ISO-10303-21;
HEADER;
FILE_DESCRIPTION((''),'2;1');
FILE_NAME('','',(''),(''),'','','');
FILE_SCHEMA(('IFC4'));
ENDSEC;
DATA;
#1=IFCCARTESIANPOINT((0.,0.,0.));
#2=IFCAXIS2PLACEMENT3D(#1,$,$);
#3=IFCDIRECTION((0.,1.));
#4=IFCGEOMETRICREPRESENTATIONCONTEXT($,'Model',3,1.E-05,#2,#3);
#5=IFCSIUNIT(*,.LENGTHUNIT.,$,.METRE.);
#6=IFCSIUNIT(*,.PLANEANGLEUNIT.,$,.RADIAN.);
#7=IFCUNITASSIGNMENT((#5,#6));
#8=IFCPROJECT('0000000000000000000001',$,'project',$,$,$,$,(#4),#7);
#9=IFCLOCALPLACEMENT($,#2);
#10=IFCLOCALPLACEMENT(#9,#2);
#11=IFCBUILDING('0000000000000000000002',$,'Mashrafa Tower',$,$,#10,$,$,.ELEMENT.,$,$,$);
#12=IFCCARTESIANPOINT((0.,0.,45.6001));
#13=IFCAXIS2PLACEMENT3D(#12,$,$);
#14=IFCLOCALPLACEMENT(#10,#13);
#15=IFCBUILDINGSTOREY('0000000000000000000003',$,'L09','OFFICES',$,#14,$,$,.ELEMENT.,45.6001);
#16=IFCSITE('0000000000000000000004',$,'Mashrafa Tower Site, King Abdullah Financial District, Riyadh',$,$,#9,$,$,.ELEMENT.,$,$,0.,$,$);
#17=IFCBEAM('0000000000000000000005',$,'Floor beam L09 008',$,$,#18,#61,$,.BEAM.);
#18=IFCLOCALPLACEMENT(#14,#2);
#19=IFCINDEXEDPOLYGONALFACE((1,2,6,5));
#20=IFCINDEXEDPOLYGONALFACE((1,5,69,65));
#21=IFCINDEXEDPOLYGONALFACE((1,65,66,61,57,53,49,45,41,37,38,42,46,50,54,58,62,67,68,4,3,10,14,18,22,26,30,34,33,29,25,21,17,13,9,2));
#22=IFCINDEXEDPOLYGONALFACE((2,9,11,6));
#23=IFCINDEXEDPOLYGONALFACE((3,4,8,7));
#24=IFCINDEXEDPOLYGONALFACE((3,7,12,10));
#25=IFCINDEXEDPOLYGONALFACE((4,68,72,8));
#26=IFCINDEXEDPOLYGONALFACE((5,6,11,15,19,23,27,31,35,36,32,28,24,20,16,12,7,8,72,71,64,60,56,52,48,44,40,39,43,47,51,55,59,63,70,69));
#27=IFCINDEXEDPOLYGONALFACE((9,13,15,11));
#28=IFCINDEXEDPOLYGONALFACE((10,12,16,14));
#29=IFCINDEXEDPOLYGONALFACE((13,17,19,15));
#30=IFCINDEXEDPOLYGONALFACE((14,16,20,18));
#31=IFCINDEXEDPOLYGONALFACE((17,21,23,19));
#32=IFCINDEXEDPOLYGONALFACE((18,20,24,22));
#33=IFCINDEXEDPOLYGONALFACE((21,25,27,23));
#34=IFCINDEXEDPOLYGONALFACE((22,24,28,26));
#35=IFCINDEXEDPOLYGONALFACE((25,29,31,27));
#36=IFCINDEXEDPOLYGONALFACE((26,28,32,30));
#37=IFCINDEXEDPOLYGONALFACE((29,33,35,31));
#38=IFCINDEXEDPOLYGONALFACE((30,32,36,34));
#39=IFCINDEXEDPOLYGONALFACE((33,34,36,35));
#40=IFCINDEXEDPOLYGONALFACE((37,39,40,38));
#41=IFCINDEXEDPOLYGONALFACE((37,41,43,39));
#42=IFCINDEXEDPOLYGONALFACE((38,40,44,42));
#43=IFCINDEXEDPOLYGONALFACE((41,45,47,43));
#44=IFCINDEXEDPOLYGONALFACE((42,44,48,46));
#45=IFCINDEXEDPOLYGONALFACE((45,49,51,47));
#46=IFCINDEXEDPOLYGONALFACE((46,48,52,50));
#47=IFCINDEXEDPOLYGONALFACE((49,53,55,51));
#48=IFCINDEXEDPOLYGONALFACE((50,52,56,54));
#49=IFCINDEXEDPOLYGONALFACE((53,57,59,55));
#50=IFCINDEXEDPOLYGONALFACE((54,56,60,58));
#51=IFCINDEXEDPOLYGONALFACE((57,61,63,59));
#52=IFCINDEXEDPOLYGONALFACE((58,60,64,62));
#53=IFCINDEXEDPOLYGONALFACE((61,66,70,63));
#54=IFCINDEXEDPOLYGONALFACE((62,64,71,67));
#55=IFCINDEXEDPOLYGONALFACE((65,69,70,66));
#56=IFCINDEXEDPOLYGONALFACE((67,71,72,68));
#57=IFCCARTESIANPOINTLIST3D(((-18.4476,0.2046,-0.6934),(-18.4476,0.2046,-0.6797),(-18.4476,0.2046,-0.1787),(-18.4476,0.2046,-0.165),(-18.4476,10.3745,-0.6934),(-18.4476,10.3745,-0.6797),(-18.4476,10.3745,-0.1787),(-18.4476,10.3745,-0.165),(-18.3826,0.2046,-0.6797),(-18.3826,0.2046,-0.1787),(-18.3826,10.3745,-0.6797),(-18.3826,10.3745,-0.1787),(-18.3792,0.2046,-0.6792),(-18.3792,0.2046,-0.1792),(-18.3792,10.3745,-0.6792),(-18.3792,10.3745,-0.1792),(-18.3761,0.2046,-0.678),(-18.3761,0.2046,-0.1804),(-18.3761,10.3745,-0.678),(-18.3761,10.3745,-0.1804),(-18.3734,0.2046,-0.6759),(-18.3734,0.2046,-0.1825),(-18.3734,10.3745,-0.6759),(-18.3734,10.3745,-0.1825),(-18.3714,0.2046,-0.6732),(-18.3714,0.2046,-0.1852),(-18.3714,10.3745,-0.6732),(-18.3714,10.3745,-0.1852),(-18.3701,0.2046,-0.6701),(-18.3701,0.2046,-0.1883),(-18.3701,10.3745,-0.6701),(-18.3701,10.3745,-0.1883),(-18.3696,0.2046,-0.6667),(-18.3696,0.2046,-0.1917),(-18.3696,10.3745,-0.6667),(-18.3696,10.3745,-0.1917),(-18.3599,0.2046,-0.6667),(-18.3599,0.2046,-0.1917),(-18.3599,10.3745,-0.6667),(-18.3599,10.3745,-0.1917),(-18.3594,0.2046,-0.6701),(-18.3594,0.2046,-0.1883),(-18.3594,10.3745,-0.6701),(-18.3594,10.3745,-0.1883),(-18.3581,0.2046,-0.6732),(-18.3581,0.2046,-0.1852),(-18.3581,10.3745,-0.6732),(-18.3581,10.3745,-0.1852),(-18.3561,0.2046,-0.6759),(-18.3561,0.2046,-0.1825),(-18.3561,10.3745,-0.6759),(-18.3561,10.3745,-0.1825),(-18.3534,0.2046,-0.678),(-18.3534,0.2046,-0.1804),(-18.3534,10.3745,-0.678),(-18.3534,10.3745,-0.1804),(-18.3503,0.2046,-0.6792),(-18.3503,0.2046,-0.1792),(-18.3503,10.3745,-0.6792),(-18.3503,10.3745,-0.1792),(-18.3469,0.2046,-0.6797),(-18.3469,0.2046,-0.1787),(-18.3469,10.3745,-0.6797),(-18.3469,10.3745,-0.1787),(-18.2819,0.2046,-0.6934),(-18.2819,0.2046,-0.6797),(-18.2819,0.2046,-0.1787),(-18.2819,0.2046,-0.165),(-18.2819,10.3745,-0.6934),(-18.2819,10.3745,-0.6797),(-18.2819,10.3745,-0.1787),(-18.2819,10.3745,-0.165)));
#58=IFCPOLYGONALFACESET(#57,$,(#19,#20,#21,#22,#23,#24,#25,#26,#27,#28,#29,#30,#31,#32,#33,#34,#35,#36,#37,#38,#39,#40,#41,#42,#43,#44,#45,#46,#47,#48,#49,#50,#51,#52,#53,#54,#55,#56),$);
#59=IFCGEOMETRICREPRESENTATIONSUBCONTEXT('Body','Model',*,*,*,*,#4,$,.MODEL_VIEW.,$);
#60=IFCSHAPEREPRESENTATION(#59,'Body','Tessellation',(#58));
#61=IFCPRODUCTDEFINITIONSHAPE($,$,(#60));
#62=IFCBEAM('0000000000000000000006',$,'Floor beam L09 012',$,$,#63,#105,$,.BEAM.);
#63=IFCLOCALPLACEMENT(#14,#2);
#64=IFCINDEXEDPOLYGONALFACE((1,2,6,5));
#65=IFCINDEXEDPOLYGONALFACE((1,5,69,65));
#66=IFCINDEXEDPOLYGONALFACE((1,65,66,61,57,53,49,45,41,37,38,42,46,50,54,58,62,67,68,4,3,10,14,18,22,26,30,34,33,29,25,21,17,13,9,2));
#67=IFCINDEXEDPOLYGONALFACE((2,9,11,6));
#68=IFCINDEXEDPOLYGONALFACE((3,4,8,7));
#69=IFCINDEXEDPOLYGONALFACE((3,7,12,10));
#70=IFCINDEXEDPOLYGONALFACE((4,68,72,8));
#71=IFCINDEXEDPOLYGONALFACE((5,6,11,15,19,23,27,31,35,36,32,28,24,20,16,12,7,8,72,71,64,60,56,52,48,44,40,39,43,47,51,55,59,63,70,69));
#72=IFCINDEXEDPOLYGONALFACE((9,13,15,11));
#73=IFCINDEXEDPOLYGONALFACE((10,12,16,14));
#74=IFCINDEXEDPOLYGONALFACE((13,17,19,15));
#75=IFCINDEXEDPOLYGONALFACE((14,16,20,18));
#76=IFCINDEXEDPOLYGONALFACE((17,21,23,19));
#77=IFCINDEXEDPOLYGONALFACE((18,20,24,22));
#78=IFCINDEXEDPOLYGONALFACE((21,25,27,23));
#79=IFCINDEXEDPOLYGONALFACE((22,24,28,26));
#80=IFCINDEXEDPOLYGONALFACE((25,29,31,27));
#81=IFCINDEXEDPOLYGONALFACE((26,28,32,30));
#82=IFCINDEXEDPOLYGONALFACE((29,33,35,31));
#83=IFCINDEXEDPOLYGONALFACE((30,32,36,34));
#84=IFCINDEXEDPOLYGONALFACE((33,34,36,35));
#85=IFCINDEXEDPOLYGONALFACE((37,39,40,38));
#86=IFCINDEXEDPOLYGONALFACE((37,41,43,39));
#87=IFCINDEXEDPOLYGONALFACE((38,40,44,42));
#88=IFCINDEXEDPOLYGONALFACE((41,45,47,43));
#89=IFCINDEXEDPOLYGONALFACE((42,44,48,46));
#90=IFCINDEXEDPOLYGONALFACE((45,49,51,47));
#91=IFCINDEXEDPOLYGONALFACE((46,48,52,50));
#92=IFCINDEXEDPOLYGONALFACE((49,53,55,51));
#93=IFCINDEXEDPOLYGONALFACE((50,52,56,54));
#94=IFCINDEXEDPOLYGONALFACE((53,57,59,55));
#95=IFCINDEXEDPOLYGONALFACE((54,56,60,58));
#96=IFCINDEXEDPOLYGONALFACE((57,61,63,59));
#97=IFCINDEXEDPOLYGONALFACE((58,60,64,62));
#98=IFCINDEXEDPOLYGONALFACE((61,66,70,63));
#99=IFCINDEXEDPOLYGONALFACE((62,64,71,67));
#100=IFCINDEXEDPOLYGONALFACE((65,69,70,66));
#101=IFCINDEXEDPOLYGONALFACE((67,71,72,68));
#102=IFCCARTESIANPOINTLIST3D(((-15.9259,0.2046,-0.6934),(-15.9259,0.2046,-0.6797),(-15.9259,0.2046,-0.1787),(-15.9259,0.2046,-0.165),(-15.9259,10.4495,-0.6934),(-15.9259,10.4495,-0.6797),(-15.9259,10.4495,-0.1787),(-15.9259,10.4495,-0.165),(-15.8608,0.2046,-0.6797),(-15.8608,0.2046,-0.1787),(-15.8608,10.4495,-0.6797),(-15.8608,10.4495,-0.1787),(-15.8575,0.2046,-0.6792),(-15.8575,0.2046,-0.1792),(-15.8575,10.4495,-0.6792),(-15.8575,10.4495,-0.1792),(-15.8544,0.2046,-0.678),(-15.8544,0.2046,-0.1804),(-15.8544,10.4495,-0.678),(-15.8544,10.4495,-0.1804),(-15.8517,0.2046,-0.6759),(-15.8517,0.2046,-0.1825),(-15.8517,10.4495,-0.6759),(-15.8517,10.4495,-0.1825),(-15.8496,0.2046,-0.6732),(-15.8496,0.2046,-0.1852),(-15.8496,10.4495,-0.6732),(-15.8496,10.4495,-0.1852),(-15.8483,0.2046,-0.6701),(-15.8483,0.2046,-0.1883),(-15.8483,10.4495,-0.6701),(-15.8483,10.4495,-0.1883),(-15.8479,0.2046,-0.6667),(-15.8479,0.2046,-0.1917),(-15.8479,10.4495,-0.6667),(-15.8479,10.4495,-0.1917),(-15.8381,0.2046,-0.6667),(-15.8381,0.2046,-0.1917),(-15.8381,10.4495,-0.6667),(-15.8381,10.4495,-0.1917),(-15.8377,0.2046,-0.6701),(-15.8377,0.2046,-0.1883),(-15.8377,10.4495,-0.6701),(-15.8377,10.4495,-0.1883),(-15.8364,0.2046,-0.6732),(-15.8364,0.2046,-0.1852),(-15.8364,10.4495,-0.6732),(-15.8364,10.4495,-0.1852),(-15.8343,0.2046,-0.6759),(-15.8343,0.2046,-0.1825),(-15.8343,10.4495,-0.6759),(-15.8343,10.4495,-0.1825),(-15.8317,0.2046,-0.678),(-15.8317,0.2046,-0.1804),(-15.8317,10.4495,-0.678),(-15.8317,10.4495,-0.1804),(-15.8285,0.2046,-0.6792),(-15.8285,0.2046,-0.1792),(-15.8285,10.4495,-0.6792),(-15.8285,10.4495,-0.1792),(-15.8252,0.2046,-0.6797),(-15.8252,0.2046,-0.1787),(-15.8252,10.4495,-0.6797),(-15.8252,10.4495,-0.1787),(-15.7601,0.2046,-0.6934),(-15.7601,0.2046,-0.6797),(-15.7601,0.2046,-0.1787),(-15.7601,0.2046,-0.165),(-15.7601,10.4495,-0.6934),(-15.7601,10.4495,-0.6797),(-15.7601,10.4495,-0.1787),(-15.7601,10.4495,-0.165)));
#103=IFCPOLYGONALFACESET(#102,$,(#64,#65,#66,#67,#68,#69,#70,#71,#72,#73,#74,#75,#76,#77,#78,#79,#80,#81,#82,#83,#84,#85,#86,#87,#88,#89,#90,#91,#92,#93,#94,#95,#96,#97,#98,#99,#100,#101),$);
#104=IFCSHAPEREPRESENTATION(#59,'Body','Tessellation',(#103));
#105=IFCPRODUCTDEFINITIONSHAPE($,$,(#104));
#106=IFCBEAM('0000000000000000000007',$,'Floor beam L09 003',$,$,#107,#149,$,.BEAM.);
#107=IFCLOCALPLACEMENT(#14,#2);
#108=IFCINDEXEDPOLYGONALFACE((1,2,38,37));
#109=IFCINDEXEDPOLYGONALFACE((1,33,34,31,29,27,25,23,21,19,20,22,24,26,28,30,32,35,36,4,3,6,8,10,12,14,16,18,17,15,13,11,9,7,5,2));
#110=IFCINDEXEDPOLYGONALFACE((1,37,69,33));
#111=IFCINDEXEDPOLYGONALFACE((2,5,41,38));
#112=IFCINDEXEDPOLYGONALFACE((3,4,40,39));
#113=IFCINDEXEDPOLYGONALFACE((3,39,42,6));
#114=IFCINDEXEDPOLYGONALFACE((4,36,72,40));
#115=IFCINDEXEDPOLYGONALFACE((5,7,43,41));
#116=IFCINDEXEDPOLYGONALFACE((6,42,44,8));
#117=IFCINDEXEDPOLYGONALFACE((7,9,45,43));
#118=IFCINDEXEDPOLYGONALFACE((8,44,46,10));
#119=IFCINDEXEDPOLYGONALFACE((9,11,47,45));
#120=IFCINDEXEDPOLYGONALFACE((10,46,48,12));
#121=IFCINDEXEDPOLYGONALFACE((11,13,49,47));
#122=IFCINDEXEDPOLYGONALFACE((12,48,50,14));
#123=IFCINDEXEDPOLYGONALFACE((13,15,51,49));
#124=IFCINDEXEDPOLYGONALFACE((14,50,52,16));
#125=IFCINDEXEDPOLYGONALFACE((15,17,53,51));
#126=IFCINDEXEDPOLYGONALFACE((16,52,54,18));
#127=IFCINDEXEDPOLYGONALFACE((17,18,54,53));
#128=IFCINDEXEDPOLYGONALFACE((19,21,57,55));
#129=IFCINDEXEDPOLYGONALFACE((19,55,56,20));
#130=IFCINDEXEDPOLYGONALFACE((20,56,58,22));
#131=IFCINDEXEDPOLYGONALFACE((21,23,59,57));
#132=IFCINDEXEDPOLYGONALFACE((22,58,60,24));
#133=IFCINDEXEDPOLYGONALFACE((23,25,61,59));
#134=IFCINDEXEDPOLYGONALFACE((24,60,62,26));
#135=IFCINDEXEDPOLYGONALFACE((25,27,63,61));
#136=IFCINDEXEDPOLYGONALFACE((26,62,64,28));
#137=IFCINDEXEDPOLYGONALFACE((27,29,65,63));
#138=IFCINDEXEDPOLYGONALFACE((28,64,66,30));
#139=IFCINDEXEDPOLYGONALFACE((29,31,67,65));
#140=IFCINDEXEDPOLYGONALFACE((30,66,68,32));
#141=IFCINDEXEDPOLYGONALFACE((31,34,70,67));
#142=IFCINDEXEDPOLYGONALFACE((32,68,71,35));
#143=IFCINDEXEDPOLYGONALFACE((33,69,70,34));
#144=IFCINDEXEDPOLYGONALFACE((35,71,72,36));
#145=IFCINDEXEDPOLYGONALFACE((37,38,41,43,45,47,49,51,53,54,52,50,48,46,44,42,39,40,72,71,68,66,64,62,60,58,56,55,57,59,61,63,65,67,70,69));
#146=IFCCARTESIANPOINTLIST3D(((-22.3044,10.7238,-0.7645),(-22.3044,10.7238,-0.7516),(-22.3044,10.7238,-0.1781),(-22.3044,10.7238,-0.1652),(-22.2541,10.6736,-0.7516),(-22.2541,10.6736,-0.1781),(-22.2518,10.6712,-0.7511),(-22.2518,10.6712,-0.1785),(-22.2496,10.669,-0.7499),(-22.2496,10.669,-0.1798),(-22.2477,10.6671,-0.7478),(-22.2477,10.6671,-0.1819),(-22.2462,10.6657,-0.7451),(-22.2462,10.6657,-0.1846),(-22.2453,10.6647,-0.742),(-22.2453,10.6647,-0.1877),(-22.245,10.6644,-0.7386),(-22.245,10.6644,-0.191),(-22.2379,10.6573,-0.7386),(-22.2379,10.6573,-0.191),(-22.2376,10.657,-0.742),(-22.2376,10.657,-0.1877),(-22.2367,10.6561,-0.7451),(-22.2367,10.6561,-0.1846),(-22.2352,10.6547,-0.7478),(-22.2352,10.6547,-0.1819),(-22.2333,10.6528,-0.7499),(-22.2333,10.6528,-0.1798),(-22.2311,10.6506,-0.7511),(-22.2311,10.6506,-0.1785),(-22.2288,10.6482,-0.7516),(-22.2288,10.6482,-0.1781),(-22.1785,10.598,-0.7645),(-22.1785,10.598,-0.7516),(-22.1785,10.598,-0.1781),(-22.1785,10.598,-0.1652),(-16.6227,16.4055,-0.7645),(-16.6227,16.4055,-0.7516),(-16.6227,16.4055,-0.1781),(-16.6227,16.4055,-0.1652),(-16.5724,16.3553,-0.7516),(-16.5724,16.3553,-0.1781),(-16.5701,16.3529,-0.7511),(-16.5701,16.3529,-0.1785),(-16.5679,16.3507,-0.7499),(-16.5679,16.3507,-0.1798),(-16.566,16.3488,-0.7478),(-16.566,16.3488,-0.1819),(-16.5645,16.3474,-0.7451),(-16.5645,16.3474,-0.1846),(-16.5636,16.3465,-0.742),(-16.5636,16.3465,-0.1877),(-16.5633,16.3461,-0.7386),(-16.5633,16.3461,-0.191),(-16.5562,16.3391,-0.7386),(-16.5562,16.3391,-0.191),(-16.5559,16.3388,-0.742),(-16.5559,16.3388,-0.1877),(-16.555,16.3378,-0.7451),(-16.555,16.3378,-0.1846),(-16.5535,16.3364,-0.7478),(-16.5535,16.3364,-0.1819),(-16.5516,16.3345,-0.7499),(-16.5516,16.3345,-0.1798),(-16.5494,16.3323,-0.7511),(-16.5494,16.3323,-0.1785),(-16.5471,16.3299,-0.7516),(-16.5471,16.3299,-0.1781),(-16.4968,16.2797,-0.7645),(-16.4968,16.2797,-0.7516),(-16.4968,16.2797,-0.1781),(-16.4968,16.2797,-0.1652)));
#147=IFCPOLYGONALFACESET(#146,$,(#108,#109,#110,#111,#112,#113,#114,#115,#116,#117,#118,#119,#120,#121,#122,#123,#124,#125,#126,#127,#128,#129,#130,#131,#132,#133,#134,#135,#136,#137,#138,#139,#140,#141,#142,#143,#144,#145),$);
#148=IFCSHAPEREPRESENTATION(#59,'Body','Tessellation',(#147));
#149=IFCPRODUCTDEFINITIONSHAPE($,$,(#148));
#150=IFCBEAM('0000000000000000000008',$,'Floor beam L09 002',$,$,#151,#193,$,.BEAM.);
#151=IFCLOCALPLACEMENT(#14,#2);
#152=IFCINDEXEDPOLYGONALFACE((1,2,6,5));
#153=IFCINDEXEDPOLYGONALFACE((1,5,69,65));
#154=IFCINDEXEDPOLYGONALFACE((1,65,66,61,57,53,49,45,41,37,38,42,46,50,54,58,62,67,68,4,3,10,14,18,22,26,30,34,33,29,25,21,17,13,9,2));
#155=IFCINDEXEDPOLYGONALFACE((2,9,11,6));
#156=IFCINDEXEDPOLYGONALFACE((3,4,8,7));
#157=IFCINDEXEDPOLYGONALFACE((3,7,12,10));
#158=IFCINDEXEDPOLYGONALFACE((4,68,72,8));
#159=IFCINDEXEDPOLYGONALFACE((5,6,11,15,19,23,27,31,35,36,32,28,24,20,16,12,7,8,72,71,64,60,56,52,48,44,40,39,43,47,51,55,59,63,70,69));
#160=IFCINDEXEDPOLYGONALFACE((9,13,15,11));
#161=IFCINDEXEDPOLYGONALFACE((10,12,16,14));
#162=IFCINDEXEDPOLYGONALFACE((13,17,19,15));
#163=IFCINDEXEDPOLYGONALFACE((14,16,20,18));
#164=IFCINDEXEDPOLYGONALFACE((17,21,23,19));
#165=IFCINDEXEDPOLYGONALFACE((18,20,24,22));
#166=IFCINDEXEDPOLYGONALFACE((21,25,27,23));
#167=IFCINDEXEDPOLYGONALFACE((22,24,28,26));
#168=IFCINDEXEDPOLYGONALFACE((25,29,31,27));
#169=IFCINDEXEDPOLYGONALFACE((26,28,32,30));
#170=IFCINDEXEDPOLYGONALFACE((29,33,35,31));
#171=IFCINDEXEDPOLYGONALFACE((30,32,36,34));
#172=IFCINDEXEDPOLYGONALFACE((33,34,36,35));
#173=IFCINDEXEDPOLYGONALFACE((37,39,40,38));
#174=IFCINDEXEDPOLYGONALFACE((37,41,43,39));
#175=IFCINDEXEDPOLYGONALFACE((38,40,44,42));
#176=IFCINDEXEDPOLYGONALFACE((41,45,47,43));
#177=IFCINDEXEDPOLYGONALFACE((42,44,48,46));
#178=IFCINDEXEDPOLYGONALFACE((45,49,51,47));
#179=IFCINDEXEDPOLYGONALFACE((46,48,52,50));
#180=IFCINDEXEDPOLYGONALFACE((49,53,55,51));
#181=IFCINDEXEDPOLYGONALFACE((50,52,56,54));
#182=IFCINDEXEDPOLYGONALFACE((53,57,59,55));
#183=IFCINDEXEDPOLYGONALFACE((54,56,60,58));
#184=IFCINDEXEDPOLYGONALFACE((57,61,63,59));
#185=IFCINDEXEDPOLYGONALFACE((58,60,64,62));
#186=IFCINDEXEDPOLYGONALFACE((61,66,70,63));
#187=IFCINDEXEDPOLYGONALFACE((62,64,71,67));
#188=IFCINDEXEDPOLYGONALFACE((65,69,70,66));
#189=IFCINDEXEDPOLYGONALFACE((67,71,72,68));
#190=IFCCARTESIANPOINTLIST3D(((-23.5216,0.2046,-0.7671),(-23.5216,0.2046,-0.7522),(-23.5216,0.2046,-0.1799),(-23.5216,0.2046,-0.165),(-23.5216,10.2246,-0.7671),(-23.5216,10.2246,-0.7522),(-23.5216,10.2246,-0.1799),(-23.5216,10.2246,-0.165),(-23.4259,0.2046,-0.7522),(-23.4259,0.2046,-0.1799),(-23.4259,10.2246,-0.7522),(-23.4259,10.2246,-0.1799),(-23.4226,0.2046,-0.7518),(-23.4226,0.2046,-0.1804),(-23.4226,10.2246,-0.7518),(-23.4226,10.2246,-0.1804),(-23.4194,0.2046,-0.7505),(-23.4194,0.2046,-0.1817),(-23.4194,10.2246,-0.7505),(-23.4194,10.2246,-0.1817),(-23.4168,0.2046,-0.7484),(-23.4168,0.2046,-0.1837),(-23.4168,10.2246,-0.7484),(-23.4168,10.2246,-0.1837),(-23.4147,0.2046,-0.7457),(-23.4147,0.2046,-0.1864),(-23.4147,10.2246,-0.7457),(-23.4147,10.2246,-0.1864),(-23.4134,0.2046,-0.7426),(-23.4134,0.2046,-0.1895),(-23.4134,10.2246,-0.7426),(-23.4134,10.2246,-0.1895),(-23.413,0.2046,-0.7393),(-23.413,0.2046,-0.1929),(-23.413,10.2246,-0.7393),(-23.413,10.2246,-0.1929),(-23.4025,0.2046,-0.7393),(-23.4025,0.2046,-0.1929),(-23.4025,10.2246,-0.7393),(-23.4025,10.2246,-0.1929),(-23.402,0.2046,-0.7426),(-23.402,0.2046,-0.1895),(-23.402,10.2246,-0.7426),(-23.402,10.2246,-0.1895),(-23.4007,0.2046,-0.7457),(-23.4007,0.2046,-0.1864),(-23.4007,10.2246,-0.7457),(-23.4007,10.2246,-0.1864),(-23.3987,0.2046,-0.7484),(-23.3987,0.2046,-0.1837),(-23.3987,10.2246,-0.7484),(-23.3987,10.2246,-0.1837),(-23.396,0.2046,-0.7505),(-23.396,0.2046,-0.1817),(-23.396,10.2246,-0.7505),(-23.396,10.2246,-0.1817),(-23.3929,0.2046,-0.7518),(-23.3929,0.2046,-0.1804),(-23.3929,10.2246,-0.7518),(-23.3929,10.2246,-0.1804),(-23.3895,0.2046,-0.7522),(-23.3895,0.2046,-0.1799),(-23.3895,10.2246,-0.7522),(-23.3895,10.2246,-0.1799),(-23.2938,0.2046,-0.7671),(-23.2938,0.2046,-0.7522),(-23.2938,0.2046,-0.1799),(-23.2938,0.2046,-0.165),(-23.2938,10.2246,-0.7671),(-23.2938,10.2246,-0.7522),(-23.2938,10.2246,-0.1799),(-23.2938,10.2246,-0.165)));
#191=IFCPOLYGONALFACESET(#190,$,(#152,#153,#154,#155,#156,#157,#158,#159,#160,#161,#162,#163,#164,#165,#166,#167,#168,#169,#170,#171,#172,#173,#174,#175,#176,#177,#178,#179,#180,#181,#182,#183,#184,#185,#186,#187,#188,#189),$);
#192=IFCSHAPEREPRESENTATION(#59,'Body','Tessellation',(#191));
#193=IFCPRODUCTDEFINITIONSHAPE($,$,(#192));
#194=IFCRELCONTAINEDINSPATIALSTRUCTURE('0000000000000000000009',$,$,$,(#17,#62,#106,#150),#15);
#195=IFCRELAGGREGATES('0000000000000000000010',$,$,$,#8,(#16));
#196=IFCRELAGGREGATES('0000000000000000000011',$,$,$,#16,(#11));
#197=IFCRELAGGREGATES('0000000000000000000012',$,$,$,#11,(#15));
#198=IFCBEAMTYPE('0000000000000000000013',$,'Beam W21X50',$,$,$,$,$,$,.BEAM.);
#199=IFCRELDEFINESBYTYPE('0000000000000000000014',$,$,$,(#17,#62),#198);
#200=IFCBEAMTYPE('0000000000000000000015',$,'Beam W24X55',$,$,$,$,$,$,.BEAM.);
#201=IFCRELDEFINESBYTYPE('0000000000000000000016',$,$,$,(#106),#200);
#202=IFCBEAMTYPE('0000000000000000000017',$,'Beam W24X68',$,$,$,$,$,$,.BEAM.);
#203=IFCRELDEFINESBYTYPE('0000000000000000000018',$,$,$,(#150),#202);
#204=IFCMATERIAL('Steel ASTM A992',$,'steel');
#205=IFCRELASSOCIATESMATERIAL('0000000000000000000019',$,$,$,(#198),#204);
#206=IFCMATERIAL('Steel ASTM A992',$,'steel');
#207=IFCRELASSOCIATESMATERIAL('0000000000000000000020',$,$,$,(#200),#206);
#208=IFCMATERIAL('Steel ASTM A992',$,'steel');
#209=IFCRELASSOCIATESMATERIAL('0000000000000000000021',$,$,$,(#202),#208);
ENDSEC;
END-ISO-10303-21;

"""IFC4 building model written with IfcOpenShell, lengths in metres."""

from ifc_helpers import new_model, si_unit, direction, frame, origin, origin_2d, place, context, subcontext, project, spatial, i_section, extrude, material, material_profile, profile_set, type_object, element, save


model = new_model("IFC4")

# Units and contexts
model_context = context("Model", 3, precision=1e-05, world=origin(), true_north=direction((0.0, 1.0)))
body_context = subcontext(model_context, "Body", "Model", "MODEL_VIEW")
ifc_project = project(units=[si_unit("LENGTHUNIT", "METRE"), si_unit("PLANEANGLEUNIT", "RADIAN")], contexts=[model_context])

# Site, building, storey
site_placement = place(None, origin())
site = spatial("IfcSite", under=ifc_project, at=site_placement, Name="Mashrafa Tower Site, King Abdullah Financial District, Riyadh", CompositionType="ELEMENT", RefElevation=0.0)
building_placement = place(site_placement, origin())
building = spatial("IfcBuilding", under=site, at=building_placement, Name="Mashrafa Tower", CompositionType="ELEMENT")
storey_placement = place(building_placement, frame((0.0, 0.0, 45.6001)))
storey = spatial("IfcBuildingStorey", under=building, at=storey_placement, Name="L09", Description="OFFICES", CompositionType="ELEMENT", Elevation=45.6001)

# Beams
ifc_material_1 = material(Name="Steel ASTM A992", Category="steel")
ifc_material_profile_1 = material_profile(ifc_material_1, i_section(OverallWidth=0.1658, OverallDepth=0.5283, WebThickness=0.0098, FlangeThickness=0.0137, FilletRadius=0.0129, at=origin_2d()), Name="W21X50")
ifc_profile_set_1 = profile_set([ifc_material_profile_1], Name="Steel ASTM A992")
beam_type_1 = type_object("IfcBeamType", Name="Beam W21X50", PredefinedType="BEAM", material=ifc_profile_set_1)
beam_1_placement = place(storey_placement, frame((-18.3647, 0.2046, -0.4292), z_axis=(0.0, 1.0, 0.0), x_axis=(-1.0, 0.0, 0.0)))
element("IfcBeam", 1, at=beam_1_placement, inside=storey, type_object=beam_type_1, Name="Floor beam L09 008", PredefinedType="BEAM", context=body_context, shape_type="SweptSolid", body=[
    extrude(i_section(OverallWidth=0.1658, OverallDepth=0.5283, WebThickness=0.0098, FlangeThickness=0.0137, FilletRadius=0.0129, at=origin_2d()), origin(), (0.0, 0.0, 1.0), 10.1699),
])
beam_2_placement = place(storey_placement, frame((-15.843, 0.2046, -0.4292), z_axis=(0.0, 1.0, 0.0), x_axis=(-1.0, 0.0, 0.0)))
element("IfcBeam", 2, at=beam_2_placement, inside=storey, type_object=beam_type_1, Name="Floor beam L09 012", PredefinedType="BEAM", context=body_context, shape_type="SweptSolid", body=[
    extrude(i_section(OverallWidth=0.1658, OverallDepth=0.5283, WebThickness=0.0098, FlangeThickness=0.0137, FilletRadius=0.0129, at=origin_2d()), origin(), (0.0, 0.0, 1.0), 10.2449),
])
ifc_material_2 = material(Name="Steel ASTM A992", Category="steel")
ifc_material_profile_2 = material_profile(ifc_material_2, i_section(OverallWidth=0.178, OverallDepth=0.5994, WebThickness=0.01, FlangeThickness=0.0129, FilletRadius=0.0129, at=origin_2d()), Name="W24X55")
ifc_profile_set_2 = profile_set([ifc_material_profile_2], Name="Steel ASTM A992")
beam_type_2 = type_object("IfcBeamType", Name="Beam W24X55", PredefinedType="BEAM", material=ifc_profile_set_2)
beam_3_placement = place(storey_placement, frame((-22.2415, 10.6609, -0.4648), z_axis=(0.707107, 0.707107, 0.0), x_axis=(-0.707107, 0.707107, 0.0)))
element("IfcBeam", 3, at=beam_3_placement, inside=storey, type_object=beam_type_2, Name="Floor beam L09 003", PredefinedType="BEAM", context=body_context, shape_type="SweptSolid", body=[
    extrude(i_section(OverallWidth=0.178, OverallDepth=0.5994, WebThickness=0.01, FlangeThickness=0.0129, FilletRadius=0.0129, at=origin_2d()), origin(), (0.0, 0.0, 1.0), 8.0352),
])
ifc_material_3 = material(Name="Steel ASTM A992", Category="steel")
ifc_material_profile_3 = material_profile(ifc_material_3, i_section(OverallWidth=0.2278, OverallDepth=0.6021, WebThickness=0.0105, FlangeThickness=0.0149, FilletRadius=0.0129, at=origin_2d()), Name="W24X68")
ifc_profile_set_3 = profile_set([ifc_material_profile_3], Name="Steel ASTM A992")
beam_type_3 = type_object("IfcBeamType", Name="Beam W24X68", PredefinedType="BEAM", material=ifc_profile_set_3)
beam_4_placement = place(storey_placement, frame((-23.4077, 0.2046, -0.4661), z_axis=(0.0, 1.0, 0.0), x_axis=(-1.0, 0.0, 0.0)))
element("IfcBeam", 4, at=beam_4_placement, inside=storey, type_object=beam_type_3, Name="Floor beam L09 002", PredefinedType="BEAM", context=body_context, shape_type="SweptSolid", body=[
    extrude(i_section(OverallWidth=0.2278, OverallDepth=0.6021, WebThickness=0.0105, FlangeThickness=0.0149, FilletRadius=0.0129, at=origin_2d()), origin(), (0.0, 0.0, 1.0), 10.02),
])

save(model, "model.ifc")
